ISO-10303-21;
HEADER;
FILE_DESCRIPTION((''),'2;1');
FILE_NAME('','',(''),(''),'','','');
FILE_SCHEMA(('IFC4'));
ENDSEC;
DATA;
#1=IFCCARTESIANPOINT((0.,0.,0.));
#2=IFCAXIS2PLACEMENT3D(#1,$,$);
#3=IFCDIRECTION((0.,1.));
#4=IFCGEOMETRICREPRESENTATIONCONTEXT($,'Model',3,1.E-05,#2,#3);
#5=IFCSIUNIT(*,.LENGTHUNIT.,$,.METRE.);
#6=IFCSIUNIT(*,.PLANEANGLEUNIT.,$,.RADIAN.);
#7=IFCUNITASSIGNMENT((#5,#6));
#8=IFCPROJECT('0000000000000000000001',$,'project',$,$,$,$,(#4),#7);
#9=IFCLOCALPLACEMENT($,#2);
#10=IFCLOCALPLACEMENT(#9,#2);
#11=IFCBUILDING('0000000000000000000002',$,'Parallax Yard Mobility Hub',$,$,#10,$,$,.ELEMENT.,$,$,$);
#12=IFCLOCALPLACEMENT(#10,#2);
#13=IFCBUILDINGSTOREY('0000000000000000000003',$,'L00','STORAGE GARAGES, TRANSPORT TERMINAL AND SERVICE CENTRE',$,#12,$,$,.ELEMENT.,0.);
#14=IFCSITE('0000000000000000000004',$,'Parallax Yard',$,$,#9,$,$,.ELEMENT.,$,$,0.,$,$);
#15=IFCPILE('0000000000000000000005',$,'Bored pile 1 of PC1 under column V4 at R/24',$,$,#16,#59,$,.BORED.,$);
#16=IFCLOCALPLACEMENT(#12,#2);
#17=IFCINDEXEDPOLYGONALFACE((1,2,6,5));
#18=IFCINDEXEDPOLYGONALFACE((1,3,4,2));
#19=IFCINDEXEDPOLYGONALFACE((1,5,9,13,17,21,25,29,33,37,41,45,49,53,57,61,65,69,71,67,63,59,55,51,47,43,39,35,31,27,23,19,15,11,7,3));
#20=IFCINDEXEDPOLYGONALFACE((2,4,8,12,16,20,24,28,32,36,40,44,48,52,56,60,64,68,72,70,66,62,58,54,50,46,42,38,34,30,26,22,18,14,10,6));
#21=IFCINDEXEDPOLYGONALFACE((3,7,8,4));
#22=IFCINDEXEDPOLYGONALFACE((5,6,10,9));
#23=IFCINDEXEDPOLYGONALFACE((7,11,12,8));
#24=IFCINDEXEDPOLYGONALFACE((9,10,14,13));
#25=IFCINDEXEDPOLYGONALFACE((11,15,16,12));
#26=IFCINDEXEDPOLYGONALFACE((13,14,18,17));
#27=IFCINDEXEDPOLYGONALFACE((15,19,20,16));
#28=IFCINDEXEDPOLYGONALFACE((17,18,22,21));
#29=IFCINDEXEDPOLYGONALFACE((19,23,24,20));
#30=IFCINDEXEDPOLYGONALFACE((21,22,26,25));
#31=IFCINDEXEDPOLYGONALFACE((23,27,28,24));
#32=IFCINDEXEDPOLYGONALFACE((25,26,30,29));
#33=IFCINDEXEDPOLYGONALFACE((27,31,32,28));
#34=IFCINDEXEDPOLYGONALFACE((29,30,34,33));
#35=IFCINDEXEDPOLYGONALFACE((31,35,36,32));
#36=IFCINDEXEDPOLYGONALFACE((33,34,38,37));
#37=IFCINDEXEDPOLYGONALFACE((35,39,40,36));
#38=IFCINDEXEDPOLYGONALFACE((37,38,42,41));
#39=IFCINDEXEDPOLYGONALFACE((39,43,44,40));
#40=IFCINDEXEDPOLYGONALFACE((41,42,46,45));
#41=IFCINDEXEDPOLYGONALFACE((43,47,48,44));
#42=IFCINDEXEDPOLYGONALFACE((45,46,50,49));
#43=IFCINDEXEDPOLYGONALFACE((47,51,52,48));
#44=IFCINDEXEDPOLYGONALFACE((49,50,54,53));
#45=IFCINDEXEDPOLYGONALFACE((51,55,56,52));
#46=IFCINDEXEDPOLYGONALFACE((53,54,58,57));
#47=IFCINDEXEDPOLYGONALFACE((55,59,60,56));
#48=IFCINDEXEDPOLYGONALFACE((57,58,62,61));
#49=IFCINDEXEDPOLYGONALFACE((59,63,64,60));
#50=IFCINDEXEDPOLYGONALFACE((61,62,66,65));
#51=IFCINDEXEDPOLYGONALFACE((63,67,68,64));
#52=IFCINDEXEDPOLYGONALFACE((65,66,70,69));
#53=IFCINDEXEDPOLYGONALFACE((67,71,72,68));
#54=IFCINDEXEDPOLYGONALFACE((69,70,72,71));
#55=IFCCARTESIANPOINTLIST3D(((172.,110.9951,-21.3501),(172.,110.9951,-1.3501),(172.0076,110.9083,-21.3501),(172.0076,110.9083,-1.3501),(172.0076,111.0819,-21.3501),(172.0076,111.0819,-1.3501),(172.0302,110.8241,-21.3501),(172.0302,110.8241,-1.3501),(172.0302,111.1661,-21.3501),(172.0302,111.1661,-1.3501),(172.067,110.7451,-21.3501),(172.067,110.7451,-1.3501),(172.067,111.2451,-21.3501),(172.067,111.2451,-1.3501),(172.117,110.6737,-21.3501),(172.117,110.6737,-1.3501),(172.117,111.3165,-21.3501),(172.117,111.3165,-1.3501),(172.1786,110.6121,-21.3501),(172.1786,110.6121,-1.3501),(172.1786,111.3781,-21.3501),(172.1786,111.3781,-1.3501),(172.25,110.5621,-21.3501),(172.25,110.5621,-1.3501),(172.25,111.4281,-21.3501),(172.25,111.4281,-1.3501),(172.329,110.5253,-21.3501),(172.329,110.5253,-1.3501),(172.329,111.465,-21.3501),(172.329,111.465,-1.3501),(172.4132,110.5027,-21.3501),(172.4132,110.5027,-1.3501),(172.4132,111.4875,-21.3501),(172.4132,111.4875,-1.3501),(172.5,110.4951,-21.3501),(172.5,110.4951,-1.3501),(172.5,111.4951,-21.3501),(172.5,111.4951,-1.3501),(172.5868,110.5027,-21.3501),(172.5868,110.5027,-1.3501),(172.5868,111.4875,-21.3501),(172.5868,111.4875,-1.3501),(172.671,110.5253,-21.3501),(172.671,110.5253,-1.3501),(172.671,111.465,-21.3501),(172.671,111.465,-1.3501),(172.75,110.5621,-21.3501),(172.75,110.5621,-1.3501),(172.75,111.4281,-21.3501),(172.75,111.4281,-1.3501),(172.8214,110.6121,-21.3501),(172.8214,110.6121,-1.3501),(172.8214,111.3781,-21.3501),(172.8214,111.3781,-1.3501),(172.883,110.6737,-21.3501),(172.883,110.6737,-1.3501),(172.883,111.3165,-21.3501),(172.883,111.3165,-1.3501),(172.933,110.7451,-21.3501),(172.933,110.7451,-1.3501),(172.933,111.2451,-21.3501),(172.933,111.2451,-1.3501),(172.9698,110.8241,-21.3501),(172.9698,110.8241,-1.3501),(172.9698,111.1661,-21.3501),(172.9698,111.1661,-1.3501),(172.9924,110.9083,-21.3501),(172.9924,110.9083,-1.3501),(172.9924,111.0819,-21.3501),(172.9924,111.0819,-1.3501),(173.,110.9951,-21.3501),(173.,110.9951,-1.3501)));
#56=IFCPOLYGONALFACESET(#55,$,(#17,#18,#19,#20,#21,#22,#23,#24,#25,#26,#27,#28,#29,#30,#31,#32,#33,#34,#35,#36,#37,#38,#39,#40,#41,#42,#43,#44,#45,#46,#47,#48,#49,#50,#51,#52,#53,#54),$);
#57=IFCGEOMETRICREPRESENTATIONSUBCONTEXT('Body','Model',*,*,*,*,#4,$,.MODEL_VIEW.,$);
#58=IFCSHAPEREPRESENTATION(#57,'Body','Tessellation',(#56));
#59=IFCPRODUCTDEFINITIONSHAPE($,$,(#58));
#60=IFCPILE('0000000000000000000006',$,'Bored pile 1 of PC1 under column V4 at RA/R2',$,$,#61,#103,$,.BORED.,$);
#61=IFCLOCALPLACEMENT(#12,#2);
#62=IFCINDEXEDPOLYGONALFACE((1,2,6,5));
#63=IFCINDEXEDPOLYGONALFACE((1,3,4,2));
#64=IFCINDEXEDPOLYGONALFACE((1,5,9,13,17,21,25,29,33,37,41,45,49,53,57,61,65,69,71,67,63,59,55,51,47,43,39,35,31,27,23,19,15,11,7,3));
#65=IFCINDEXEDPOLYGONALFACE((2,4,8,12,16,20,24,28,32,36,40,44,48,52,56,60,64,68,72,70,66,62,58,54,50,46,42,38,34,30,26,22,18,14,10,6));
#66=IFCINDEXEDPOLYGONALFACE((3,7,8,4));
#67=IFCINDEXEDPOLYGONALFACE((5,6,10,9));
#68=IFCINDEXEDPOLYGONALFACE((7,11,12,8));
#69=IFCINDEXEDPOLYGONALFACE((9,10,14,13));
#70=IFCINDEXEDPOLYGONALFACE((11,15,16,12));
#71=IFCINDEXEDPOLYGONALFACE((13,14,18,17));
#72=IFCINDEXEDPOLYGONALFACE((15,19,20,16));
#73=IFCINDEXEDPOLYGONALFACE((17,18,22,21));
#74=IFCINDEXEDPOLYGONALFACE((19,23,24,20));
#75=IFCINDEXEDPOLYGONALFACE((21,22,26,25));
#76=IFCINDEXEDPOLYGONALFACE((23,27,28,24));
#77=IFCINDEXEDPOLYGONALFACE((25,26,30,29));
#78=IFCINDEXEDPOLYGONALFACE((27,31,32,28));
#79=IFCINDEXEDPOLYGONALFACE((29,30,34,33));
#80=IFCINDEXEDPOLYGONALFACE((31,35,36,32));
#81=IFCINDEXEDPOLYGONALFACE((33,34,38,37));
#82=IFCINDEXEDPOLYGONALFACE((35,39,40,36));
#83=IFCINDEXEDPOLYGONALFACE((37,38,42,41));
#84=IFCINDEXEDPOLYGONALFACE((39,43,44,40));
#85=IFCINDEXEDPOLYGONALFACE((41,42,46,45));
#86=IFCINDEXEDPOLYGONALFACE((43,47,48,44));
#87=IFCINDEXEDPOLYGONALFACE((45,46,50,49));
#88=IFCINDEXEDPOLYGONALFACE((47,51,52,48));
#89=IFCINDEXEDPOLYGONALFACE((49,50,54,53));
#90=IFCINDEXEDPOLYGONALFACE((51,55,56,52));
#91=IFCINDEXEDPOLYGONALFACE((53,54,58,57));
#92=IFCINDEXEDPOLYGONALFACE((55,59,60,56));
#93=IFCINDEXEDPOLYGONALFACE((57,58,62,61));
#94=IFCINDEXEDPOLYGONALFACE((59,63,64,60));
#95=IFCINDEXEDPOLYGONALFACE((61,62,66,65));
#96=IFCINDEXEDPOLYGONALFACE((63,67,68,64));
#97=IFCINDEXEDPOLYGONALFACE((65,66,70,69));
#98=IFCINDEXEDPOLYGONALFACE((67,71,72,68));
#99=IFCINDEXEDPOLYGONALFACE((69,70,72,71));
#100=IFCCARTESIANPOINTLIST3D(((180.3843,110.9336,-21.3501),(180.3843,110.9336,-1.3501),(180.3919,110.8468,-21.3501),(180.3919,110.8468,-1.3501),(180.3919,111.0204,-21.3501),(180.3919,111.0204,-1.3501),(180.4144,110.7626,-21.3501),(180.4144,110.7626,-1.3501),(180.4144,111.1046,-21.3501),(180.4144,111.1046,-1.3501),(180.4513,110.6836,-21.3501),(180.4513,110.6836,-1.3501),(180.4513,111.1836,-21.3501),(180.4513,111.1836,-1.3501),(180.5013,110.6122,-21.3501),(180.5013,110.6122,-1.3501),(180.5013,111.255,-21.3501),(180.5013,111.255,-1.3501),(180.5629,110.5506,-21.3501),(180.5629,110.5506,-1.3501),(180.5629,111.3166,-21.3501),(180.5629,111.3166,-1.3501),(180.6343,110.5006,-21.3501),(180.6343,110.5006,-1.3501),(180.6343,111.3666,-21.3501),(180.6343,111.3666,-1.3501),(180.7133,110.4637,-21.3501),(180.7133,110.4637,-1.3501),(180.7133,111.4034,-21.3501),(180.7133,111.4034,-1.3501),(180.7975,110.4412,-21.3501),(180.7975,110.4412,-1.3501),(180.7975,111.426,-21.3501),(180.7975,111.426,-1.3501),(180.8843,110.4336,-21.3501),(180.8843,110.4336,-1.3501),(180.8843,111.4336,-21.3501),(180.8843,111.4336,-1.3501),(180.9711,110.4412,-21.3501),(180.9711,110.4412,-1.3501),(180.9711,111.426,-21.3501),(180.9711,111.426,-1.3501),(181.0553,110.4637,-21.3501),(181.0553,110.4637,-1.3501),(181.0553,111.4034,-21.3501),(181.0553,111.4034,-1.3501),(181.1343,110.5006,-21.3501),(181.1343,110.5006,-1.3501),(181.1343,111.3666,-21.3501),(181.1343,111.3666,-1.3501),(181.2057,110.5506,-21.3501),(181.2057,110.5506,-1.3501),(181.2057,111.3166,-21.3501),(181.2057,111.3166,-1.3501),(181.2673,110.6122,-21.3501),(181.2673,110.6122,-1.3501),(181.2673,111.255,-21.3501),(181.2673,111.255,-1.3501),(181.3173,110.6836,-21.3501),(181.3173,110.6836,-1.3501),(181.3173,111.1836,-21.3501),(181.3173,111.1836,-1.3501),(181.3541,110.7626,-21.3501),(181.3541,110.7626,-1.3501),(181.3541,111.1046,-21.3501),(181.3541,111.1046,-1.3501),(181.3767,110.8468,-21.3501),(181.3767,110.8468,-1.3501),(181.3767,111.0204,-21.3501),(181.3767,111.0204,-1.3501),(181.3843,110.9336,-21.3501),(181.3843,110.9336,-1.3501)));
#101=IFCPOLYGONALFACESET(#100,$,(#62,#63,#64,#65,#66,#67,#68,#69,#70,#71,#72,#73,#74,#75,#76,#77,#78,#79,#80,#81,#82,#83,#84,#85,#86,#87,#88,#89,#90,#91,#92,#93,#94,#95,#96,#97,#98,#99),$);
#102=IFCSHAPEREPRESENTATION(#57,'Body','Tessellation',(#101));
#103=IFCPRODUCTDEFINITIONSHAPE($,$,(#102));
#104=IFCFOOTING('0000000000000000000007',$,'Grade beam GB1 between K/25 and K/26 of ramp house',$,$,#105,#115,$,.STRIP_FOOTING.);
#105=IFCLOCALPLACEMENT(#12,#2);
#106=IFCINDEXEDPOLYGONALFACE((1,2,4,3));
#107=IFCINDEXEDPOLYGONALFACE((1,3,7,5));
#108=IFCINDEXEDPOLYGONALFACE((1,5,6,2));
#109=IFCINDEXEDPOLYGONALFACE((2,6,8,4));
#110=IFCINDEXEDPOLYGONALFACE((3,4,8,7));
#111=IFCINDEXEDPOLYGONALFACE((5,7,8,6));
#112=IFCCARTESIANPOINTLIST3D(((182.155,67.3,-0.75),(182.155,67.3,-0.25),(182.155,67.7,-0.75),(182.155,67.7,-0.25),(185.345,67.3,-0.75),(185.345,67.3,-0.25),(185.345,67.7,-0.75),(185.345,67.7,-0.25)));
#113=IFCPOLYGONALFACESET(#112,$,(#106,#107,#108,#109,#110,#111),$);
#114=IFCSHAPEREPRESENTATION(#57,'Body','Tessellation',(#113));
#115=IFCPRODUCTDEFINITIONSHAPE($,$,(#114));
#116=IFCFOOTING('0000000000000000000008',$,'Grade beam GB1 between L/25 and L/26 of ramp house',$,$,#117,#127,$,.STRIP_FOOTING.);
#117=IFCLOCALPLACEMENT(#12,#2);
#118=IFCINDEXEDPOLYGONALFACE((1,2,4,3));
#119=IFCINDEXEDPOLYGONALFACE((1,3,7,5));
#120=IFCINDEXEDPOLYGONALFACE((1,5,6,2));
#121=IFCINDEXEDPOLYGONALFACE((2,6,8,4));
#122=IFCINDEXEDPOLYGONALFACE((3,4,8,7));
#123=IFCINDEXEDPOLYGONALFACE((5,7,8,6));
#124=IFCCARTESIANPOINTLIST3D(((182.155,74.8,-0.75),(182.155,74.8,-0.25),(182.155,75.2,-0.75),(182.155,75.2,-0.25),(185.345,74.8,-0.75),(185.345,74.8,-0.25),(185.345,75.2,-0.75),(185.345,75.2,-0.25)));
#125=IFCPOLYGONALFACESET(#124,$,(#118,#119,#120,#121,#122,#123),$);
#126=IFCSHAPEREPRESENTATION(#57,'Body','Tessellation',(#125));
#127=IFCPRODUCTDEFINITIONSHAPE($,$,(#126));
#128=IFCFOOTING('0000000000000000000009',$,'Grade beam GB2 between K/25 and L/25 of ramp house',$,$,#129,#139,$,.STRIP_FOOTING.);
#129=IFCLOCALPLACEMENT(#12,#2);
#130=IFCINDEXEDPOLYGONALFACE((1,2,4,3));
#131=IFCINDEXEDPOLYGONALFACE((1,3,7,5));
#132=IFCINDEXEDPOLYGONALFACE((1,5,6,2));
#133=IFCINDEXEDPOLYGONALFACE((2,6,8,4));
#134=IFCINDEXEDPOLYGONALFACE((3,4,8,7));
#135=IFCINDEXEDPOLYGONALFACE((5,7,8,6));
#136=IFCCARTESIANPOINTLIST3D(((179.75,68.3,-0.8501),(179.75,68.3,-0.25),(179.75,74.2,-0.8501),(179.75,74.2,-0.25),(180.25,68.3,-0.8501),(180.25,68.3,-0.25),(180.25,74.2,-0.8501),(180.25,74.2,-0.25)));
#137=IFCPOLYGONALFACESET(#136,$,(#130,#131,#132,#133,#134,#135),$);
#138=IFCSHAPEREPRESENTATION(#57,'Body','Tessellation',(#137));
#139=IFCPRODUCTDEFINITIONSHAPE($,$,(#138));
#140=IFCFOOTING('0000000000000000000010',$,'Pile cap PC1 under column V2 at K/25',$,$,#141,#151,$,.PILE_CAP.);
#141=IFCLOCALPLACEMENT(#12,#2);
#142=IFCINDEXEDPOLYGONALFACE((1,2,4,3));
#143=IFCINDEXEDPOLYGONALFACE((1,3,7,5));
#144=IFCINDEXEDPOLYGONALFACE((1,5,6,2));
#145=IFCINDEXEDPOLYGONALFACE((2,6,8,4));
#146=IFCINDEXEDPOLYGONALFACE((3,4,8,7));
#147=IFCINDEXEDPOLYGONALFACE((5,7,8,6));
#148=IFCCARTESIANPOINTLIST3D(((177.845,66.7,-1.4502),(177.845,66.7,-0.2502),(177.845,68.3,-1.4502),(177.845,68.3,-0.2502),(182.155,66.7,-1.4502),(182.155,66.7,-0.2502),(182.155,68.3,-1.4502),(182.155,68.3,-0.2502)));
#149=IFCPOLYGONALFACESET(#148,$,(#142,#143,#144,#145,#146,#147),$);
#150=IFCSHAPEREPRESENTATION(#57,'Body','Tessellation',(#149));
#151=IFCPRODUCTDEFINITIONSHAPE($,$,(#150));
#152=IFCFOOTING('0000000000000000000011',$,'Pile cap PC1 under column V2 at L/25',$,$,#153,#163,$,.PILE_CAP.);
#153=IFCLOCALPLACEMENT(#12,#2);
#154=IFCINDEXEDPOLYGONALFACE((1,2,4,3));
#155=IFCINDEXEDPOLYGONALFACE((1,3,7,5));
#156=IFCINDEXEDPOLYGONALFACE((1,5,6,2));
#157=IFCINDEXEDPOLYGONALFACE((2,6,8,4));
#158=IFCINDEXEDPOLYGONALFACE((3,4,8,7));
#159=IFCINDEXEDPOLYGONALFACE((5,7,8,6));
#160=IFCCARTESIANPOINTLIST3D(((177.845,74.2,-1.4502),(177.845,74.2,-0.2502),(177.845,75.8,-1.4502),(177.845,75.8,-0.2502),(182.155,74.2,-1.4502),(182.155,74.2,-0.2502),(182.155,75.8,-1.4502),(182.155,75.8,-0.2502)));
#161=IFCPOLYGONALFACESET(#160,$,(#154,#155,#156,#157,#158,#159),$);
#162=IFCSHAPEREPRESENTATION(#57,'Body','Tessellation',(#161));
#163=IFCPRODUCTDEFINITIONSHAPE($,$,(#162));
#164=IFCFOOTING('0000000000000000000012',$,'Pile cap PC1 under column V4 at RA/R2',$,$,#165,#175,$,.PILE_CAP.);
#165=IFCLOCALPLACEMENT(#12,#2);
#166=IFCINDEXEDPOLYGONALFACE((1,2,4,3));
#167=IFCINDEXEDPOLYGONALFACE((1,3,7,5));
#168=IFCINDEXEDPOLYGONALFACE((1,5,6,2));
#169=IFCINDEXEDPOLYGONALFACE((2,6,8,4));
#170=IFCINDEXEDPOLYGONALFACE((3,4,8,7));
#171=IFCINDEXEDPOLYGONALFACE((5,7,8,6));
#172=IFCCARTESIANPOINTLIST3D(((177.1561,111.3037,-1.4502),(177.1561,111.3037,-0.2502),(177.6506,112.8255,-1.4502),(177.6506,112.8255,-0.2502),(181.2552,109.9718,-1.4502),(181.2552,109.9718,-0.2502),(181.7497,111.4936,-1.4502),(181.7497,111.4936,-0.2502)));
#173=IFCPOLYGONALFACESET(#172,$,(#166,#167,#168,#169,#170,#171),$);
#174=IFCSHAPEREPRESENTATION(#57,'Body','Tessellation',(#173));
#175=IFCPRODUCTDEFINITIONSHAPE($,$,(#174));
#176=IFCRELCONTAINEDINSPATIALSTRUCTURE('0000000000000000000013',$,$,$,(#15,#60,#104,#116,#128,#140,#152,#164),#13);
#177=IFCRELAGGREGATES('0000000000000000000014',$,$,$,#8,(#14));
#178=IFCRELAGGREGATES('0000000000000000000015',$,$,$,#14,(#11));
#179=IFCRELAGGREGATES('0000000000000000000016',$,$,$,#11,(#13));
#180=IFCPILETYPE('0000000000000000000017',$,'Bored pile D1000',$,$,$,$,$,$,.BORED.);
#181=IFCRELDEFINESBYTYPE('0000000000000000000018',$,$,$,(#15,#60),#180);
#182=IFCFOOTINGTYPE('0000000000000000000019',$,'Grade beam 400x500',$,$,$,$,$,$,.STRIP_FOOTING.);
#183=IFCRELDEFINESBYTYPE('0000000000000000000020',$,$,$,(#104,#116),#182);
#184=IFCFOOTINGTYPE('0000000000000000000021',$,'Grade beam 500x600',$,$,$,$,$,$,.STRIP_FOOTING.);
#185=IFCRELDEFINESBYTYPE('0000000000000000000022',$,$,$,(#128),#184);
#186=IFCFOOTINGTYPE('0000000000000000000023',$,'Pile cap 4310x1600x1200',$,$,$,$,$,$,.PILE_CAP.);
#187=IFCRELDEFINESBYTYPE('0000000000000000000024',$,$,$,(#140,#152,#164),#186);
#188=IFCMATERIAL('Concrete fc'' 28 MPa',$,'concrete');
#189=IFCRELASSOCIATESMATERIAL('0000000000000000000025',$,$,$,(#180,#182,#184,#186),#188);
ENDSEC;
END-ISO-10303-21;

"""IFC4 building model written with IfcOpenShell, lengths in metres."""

from ifc_helpers import new_model, si_unit, direction, frame, origin, origin_2d, place, context, subcontext, project, spatial, rectangle, circle, extrude, material, material_profile, profile_set, type_object, element, save


model = new_model("IFC4")

# Units and contexts
model_context = context("Model", 3, precision=1e-05, world=origin(), true_north=direction((0.0, 1.0)))
body_context = subcontext(model_context, "Body", "Model", "MODEL_VIEW")
ifc_project = project(units=[si_unit("LENGTHUNIT", "METRE"), si_unit("PLANEANGLEUNIT", "RADIAN")], contexts=[model_context])

# Site, building, storey
site_placement = place(None, origin())
site = spatial("IfcSite", under=ifc_project, at=site_placement, Name="Parallax Yard", CompositionType="ELEMENT", RefElevation=0.0)
building_placement = place(site_placement, origin())
building = spatial("IfcBuilding", under=site, at=building_placement, Name="Parallax Yard Mobility Hub", CompositionType="ELEMENT")
storey_placement = place(building_placement, origin())
storey = spatial("IfcBuildingStorey", under=building, at=storey_placement, Name="L00", Description="STORAGE GARAGES, TRANSPORT TERMINAL AND SERVICE CENTRE", CompositionType="ELEMENT", Elevation=0.0)

# Piles
ifc_material_1 = material(Name="Concrete fc' 28 MPa", Category="concrete")
ifc_material_profile_1 = material_profile(ifc_material_1, circle(Radius=0.5, at=origin_2d()), Name="Bored pile D1000")
ifc_profile_set_1 = profile_set([ifc_material_profile_1], Name="Concrete fc' 28 MPa")
pile_type = type_object("IfcPileType", Name="Bored pile D1000", PredefinedType="BORED", material=ifc_profile_set_1)
for number, where, z_axis, x_axis, name in (
    (1, (172.5, 110.9951, -1.3501), (0.0, 0.0, -1.0), (1.0, 0.0, 0.0), "Bored pile 1 of PC1 under column V4 at R/24"),
    (2, (180.8843, 110.9336, -1.3501), (0.0, 0.0, -1.0), (1.0, 0.0, 0.0), "Bored pile 1 of PC1 under column V4 at RA/R2"),
):
    element("IfcPile", number, at=place(storey_placement, frame(where, z_axis=z_axis, x_axis=x_axis)), inside=storey, type_object=pile_type, Name=name, PredefinedType="BORED", context=body_context, shape_type="SweptSolid", body=[
        extrude(circle(Radius=0.5, at=origin_2d()), origin(), (0.0, 0.0, 1.0), 20.0),
    ])

# Footings
ifc_material_profile_2 = material_profile(ifc_material_1, rectangle(XDim=0.3999, YDim=0.5, at=origin_2d()), Name="Grade beam 400x500")
ifc_profile_set_2 = profile_set([ifc_material_profile_2], Name="Concrete fc' 28 MPa")
footing_type_1 = type_object("IfcFootingType", Name="Grade beam 400x500", PredefinedType="STRIP_FOOTING", material=ifc_profile_set_2)
for number, where, z_axis, x_axis, name in (
    (3, (182.155, 67.5, -0.5), (1.0, 0.0, 0.0), (0.0, 1.0, 0.0), "Grade beam GB1 between K/25 and K/26 of ramp house"),
    (4, (182.155, 75.0, -0.5), (1.0, 0.0, 0.0), (0.0, 1.0, 0.0), "Grade beam GB1 between L/25 and L/26 of ramp house"),
):
    element("IfcFooting", number, at=place(storey_placement, frame(where, z_axis=z_axis, x_axis=x_axis)), inside=storey, type_object=footing_type_1, Name=name, PredefinedType="STRIP_FOOTING", context=body_context, shape_type="SweptSolid", body=[
        extrude(rectangle(XDim=0.3999, YDim=0.5, at=origin_2d()), origin(), (0.0, 0.0, 1.0), 3.1899),
    ])
ifc_material_profile_3 = material_profile(ifc_material_1, rectangle(XDim=0.5, YDim=0.6001, at=origin_2d()), Name="Grade beam 500x600")
ifc_profile_set_3 = profile_set([ifc_material_profile_3], Name="Concrete fc' 28 MPa")
footing_type_2 = type_object("IfcFootingType", Name="Grade beam 500x600", PredefinedType="STRIP_FOOTING", material=ifc_profile_set_3)
footing_placement = place(storey_placement, frame((180.0, 68.3, -0.55), z_axis=(0.0, 1.0, 0.0), x_axis=(-1.0, 0.0, 0.0)))
element("IfcFooting", 5, at=footing_placement, inside=storey, type_object=footing_type_2, Name="Grade beam GB2 between K/25 and L/25 of ramp house", PredefinedType="STRIP_FOOTING", context=body_context, shape_type="SweptSolid", body=[
    extrude(rectangle(XDim=0.5, YDim=0.6001, at=origin_2d()), origin(), (0.0, 0.0, 1.0), 5.8999),
])
footing_type_3 = type_object("IfcFootingType", Name="Pile cap 4310x1600x1200", PredefinedType="PILE_CAP", material=ifc_material_1)
for number, where, z_axis, x_axis, name in (
    (6, (180.0, 67.5, -1.4502), (0.0, 0.0, 1.0), (1.0, 0.0, 0.0), "Pile cap PC1 under column V2 at K/25"),
    (7, (180.0, 75.0, -1.4502), (0.0, 0.0, 1.0), (1.0, 0.0, 0.0), "Pile cap PC1 under column V2 at L/25"),
    (8, (179.4529, 111.3987, -1.4502), (0.0, 0.0, 1.0), (-0.951057, 0.309017, 0.0), "Pile cap PC1 under column V4 at RA/R2"),
):
    element("IfcFooting", number, at=place(storey_placement, frame(where, z_axis=z_axis, x_axis=x_axis)), inside=storey, type_object=footing_type_3, Name=name, PredefinedType="PILE_CAP", context=body_context, shape_type="SweptSolid", body=[
        extrude(rectangle(XDim=4.3101, YDim=1.6001, at=origin_2d()), origin(), (0.0, 0.0, 1.0), 1.2),
    ])

save(model, "model.ifc")
